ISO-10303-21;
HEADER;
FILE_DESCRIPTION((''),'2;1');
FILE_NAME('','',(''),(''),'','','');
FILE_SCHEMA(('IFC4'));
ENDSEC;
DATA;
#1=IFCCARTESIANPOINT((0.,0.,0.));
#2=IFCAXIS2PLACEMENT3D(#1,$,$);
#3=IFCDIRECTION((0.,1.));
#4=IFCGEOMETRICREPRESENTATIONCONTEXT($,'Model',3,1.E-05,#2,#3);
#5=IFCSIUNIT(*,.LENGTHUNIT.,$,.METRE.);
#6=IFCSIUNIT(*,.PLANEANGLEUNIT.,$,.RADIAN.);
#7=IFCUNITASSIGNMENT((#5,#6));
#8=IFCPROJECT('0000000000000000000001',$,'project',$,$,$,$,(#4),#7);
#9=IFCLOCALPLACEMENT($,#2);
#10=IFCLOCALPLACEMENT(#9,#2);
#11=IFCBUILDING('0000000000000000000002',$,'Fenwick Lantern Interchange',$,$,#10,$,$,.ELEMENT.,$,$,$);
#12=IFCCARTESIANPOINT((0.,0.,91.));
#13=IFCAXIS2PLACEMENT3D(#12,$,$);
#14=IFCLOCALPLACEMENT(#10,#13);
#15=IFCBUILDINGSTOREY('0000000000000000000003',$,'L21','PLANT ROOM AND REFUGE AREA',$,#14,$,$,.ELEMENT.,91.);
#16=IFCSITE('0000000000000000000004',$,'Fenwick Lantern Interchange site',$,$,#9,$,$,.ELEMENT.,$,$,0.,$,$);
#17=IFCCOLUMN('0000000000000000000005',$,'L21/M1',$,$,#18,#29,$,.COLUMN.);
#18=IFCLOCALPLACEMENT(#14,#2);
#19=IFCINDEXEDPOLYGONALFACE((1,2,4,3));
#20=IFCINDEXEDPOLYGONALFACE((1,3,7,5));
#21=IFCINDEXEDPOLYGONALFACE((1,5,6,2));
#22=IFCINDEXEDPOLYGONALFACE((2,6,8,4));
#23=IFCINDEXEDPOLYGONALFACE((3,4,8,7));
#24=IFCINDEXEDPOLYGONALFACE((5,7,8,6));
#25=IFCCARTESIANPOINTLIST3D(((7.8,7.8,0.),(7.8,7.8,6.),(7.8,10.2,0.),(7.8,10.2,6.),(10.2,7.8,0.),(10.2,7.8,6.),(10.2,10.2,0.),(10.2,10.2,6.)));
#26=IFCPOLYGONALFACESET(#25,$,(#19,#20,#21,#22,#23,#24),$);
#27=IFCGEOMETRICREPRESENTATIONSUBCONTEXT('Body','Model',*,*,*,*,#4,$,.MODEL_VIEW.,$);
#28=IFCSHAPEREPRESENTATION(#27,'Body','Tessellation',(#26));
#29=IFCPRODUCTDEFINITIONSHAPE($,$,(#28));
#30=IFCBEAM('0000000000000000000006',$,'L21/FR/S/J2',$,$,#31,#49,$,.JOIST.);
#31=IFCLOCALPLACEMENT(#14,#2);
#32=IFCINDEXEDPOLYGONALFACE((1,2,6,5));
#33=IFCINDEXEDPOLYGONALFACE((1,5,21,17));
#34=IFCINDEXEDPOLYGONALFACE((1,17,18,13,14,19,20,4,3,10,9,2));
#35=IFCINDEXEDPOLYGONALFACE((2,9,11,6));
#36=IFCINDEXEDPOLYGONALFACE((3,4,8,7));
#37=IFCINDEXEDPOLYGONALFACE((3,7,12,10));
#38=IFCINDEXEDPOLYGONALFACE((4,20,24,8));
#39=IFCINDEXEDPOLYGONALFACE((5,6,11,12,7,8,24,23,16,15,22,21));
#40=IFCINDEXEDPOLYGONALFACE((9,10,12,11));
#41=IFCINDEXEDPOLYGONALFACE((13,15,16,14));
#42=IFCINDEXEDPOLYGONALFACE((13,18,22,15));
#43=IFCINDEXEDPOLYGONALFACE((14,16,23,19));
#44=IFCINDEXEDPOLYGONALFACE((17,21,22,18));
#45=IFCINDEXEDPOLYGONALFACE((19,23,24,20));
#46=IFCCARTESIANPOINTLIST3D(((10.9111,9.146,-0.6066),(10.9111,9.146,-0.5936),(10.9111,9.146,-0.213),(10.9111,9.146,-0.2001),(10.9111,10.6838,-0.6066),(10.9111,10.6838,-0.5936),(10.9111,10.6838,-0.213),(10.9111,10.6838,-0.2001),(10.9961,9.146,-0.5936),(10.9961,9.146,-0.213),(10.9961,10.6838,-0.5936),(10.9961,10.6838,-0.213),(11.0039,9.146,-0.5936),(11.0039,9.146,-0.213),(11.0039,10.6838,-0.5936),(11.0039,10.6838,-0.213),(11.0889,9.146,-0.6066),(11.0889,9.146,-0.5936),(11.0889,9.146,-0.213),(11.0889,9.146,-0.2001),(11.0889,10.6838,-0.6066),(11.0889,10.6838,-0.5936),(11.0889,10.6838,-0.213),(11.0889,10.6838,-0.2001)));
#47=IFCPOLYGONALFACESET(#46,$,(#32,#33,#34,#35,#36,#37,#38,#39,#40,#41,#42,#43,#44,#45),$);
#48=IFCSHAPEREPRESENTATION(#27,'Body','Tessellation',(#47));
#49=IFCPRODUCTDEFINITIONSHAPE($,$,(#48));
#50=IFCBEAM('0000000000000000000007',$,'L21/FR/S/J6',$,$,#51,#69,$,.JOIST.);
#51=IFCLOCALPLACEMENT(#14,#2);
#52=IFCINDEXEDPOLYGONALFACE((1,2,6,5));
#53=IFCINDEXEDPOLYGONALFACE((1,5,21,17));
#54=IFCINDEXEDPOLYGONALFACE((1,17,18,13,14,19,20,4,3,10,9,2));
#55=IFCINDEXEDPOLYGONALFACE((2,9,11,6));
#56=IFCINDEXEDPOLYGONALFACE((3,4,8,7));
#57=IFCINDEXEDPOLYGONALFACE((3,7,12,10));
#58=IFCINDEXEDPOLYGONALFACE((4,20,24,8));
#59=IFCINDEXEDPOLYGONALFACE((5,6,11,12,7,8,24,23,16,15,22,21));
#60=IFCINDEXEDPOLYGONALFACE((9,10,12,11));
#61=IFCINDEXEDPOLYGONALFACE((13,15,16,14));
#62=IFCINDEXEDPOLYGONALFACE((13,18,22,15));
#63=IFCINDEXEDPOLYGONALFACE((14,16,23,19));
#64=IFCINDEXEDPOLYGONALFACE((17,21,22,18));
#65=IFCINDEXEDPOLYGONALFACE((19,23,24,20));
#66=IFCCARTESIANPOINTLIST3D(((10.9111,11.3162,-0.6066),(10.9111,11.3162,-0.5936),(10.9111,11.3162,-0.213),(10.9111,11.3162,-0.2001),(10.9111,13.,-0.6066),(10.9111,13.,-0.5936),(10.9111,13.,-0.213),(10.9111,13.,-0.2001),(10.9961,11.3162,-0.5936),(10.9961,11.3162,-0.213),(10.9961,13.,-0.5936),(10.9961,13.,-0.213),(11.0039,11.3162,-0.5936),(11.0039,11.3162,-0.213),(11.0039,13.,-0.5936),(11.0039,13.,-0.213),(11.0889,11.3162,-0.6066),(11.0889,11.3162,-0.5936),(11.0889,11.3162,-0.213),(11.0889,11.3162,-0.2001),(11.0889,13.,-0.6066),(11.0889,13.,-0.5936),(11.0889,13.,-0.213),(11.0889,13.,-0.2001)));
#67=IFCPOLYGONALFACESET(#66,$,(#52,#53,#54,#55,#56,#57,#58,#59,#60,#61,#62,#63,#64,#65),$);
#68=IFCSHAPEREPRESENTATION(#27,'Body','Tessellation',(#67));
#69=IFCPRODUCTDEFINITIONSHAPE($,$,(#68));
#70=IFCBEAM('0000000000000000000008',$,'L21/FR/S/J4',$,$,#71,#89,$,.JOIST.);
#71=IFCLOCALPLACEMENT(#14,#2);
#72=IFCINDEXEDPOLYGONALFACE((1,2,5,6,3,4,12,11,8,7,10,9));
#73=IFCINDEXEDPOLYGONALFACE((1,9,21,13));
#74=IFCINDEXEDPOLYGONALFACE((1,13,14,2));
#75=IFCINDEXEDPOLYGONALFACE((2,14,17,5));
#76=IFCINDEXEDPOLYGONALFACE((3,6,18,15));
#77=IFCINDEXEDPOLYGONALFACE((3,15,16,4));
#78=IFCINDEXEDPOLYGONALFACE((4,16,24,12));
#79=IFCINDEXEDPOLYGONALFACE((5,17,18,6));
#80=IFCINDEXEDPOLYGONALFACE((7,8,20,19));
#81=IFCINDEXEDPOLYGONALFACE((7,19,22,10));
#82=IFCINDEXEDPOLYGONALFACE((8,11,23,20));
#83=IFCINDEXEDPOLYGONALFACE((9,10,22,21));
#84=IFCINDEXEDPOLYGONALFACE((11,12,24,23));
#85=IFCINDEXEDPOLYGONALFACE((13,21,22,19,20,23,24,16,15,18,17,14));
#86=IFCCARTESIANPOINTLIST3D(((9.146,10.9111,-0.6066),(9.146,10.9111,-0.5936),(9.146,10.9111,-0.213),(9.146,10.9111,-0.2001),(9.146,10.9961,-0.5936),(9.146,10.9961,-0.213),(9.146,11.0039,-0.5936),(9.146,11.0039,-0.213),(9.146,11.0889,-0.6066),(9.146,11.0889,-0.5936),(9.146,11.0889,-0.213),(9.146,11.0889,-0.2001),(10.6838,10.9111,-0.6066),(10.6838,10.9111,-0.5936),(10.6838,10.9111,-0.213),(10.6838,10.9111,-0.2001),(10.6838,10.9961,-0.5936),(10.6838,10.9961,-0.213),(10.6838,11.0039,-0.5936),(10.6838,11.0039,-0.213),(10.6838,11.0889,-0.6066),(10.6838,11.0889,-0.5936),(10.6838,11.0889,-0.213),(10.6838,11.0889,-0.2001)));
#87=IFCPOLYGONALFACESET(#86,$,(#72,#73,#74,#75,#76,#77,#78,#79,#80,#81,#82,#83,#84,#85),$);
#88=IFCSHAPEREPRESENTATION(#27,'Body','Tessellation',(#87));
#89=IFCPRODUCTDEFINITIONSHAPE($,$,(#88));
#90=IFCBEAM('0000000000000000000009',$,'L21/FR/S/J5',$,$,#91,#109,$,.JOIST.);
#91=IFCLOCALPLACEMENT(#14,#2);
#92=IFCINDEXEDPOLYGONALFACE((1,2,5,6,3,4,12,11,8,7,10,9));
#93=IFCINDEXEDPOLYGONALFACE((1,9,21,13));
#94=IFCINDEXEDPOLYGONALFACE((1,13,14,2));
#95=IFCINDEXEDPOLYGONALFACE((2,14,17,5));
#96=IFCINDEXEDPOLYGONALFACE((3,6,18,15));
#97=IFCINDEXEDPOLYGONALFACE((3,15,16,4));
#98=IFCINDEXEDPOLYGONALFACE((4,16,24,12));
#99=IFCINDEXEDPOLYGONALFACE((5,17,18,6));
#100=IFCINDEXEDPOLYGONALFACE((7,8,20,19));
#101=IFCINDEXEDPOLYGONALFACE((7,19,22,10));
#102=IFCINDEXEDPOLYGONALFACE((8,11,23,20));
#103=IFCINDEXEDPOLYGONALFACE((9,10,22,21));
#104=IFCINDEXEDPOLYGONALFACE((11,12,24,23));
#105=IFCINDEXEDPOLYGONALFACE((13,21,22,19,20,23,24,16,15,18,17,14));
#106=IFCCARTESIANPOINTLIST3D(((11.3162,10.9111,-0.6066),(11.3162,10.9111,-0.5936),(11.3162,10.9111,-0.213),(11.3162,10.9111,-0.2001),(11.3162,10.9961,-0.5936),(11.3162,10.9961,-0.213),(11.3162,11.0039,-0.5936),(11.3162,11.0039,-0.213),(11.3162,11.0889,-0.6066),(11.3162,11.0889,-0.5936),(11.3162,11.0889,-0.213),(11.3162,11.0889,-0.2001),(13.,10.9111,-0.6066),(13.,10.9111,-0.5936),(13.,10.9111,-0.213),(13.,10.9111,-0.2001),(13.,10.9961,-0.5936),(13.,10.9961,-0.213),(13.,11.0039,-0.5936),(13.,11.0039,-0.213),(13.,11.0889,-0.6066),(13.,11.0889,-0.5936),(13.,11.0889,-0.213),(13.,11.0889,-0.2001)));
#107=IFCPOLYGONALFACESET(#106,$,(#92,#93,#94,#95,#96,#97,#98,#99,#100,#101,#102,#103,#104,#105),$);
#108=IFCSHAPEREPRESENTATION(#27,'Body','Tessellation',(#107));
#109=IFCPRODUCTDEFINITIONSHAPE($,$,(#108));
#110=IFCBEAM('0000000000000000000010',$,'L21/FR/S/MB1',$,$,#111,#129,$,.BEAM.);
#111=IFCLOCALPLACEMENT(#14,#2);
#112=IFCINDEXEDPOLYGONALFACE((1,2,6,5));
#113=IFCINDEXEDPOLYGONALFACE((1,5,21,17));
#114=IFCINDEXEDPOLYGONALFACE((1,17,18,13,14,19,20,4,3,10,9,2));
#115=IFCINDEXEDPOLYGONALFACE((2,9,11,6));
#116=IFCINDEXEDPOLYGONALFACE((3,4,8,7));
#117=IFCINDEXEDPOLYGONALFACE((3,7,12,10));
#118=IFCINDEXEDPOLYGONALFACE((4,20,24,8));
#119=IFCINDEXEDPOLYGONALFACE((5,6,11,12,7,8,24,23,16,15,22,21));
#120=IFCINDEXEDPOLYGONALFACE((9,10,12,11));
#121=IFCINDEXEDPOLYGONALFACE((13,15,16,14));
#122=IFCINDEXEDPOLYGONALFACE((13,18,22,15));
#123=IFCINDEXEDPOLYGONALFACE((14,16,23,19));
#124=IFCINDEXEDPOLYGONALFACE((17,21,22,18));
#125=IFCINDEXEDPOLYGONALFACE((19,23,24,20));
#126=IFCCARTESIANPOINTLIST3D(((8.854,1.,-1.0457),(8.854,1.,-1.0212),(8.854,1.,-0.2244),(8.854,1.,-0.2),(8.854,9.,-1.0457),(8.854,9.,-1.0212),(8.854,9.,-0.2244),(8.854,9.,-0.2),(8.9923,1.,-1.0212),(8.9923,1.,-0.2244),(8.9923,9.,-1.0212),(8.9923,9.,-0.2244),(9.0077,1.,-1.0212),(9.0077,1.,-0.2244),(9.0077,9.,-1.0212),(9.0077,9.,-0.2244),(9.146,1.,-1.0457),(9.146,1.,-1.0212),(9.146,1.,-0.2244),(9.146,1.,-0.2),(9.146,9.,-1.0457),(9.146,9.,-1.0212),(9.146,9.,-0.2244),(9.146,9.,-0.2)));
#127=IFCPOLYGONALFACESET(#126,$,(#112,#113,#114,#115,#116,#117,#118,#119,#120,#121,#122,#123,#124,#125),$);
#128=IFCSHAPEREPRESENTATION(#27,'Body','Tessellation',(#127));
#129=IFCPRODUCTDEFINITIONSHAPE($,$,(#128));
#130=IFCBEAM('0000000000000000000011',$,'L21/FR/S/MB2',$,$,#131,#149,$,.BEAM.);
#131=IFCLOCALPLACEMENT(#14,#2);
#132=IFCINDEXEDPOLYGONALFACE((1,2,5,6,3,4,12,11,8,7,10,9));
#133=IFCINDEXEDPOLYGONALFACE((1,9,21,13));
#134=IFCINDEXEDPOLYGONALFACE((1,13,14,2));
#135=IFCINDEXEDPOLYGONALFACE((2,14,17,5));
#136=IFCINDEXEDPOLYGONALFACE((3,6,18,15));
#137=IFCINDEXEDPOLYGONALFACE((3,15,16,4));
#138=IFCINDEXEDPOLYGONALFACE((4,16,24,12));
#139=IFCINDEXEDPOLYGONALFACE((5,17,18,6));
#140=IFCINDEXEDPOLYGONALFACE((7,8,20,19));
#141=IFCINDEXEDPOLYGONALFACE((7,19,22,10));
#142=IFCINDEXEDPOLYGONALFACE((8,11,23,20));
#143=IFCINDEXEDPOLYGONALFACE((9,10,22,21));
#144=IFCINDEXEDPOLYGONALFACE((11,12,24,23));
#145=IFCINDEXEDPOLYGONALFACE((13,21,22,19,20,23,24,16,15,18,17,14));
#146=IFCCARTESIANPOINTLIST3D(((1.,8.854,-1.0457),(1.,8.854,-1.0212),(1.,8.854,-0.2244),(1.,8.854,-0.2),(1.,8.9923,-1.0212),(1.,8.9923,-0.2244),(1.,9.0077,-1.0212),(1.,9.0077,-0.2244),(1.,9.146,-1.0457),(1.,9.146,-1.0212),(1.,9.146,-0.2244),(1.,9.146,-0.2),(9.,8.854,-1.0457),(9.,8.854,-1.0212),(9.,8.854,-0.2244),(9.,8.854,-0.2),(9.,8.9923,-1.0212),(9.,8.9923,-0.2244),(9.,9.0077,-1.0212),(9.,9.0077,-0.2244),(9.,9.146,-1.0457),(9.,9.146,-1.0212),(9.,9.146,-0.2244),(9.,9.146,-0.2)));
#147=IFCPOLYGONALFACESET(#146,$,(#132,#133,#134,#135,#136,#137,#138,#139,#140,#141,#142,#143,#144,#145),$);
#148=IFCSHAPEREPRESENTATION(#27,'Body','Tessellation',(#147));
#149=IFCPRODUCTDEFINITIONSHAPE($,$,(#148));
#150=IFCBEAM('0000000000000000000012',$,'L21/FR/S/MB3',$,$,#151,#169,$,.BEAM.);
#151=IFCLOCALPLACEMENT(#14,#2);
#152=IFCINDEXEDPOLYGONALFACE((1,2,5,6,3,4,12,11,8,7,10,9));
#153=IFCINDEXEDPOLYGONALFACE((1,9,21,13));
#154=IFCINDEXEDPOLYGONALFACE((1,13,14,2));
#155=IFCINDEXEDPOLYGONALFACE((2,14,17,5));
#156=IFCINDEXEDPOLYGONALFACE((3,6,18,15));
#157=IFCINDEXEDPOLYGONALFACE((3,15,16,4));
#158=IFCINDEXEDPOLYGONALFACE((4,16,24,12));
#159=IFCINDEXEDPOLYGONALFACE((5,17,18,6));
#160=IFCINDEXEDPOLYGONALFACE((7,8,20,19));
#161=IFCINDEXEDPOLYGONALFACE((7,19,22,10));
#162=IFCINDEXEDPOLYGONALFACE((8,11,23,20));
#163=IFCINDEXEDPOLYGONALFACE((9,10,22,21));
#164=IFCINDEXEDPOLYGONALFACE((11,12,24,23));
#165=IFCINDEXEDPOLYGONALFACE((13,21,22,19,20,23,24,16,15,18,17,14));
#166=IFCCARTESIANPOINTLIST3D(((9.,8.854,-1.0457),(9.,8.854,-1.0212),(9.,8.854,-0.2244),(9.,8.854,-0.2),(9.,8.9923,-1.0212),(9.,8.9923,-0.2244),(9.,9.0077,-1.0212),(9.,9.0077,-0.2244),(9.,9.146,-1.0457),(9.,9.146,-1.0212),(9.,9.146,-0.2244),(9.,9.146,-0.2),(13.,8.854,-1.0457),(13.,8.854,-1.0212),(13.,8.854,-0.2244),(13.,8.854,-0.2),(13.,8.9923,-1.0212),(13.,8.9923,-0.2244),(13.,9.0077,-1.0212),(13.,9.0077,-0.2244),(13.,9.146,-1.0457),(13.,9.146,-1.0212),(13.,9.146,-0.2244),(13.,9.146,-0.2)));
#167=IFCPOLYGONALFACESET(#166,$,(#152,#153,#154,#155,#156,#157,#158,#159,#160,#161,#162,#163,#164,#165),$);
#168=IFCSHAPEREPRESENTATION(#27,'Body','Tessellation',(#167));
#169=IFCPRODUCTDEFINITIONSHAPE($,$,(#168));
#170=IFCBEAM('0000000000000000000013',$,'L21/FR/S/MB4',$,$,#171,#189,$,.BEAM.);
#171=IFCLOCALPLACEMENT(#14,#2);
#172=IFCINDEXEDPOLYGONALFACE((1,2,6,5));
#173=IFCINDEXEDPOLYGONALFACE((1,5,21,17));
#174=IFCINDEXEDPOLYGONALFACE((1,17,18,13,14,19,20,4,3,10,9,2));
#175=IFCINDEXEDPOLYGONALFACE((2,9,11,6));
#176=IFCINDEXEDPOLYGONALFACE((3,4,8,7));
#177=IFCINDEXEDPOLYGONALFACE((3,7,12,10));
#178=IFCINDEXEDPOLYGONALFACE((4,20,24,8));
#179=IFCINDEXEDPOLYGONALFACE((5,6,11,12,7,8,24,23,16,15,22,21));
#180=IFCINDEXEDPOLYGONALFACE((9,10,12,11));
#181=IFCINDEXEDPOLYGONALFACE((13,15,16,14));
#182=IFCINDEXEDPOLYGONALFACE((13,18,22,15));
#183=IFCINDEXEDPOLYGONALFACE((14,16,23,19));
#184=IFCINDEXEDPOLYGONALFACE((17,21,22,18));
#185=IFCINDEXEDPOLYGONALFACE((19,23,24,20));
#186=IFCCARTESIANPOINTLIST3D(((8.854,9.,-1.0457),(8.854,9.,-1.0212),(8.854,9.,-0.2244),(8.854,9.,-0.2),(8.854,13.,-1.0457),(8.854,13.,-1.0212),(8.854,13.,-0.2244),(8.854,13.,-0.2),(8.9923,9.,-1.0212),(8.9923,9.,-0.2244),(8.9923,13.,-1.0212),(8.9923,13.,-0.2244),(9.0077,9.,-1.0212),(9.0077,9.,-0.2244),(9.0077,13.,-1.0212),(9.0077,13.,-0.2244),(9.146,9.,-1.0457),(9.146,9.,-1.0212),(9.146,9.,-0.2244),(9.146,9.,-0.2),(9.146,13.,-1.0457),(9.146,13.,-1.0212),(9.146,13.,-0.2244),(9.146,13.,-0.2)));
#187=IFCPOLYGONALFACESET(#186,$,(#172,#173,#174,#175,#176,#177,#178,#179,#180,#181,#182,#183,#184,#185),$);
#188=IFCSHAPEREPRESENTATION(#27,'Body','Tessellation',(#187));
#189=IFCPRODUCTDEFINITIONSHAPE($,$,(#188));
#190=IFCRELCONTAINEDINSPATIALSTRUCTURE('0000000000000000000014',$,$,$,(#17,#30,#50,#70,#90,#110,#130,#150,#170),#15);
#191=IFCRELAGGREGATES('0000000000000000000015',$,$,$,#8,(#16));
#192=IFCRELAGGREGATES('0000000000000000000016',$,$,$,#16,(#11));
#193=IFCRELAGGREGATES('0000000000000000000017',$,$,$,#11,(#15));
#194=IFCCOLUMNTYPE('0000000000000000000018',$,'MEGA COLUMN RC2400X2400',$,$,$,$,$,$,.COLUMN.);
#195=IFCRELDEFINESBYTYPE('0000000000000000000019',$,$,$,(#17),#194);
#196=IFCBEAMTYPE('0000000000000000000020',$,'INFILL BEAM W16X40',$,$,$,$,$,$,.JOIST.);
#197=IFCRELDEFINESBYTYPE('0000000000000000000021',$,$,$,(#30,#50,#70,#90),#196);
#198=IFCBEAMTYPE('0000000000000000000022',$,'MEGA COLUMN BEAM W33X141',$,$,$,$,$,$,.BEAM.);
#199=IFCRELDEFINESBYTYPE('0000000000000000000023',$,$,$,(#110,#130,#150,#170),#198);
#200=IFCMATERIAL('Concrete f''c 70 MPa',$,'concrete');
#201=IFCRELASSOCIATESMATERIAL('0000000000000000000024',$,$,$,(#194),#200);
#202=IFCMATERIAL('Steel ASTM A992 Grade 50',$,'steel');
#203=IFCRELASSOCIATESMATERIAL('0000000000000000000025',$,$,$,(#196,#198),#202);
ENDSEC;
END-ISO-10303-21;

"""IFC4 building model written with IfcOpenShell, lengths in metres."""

from ifc_helpers import new_model, si_unit, direction, frame, origin, origin_2d, place, context, subcontext, project, spatial, rectangle, i_section, extrude, material, material_profile, profile_set, type_object, element, save


model = new_model("IFC4")

# Units and contexts
model_context = context("Model", 3, precision=1e-05, world=origin(), true_north=direction((0.0, 1.0)))
body_context = subcontext(model_context, "Body", "Model", "MODEL_VIEW")
ifc_project = project(units=[si_unit("LENGTHUNIT", "METRE"), si_unit("PLANEANGLEUNIT", "RADIAN")], contexts=[model_context])

# Site, building, storey
site_placement = place(None, origin())
site = spatial("IfcSite", under=ifc_project, at=site_placement, Name="Fenwick Lantern Interchange site", CompositionType="ELEMENT", RefElevation=0.0)
building_placement = place(site_placement, origin())
building = spatial("IfcBuilding", under=site, at=building_placement, Name="Fenwick Lantern Interchange", CompositionType="ELEMENT")
storey_placement = place(building_placement, frame((0.0, 0.0, 91.0)))
storey = spatial("IfcBuildingStorey", under=building, at=storey_placement, Name="L21", Description="PLANT ROOM AND REFUGE AREA", CompositionType="ELEMENT", Elevation=91.0)

# Column
ifc_material_1 = material(Name="Concrete f'c 70 MPa", Category="concrete")
ifc_material_profile_1 = material_profile(ifc_material_1, rectangle(XDim=2.3999, YDim=2.3999, at=origin_2d()), Name="RC2400X2400")
ifc_profile_set_1 = profile_set([ifc_material_profile_1], Name="Concrete f'c 70 MPa")
column_type = type_object("IfcColumnType", Name="MEGA COLUMN RC2400X2400", PredefinedType="COLUMN", material=ifc_profile_set_1)
column_placement = place(storey_placement, frame((9.0, 9.0, 0.0), z_axis=(0.0, 0.0, 1.0), x_axis=(1.0, 0.0, 0.0)))
element("IfcColumn", 1, at=column_placement, inside=storey, type_object=column_type, Name="L21/M1", PredefinedType="COLUMN", context=body_context, shape_type="SweptSolid", body=[
    extrude(rectangle(XDim=2.3999, YDim=2.3999, at=origin_2d()), origin(), (0.0, 0.0, 1.0), 6.0),
])

# Beams
ifc_material_2 = material(Name="Steel ASTM A992 Grade 50", Category="steel")
ifc_material_profile_2 = material_profile(ifc_material_2, i_section(OverallWidth=0.1777, OverallDepth=0.4065, WebThickness=0.0078, FlangeThickness=0.0129, at=origin_2d()), Name="W16X40")
ifc_profile_set_2 = profile_set([ifc_material_profile_2], Name="Steel ASTM A992 Grade 50")
beam_type_1 = type_object("IfcBeamType", Name="INFILL BEAM W16X40", PredefinedType="JOIST", material=ifc_profile_set_2)
beam_1_placement = place(storey_placement, frame((11.0, 9.146, -0.4033), z_axis=(0.0, 1.0, 0.0), x_axis=(-1.0, 0.0, 0.0)))
element("IfcBeam", 2, at=beam_1_placement, inside=storey, type_object=beam_type_1, Name="L21/FR/S/J2", PredefinedType="JOIST", context=body_context, shape_type="SweptSolid", body=[
    extrude(i_section(OverallWidth=0.1777, OverallDepth=0.4065, WebThickness=0.0078, FlangeThickness=0.0129, at=origin_2d()), origin(), (0.0, 0.0, 1.0), 1.5378),
])
beam_2_placement = place(storey_placement, frame((11.0, 11.3162, -0.4033), z_axis=(0.0, 1.0, 0.0), x_axis=(-1.0, 0.0, 0.0)))
element("IfcBeam", 3, at=beam_2_placement, inside=storey, type_object=beam_type_1, Name="L21/FR/S/J6", PredefinedType="JOIST", context=body_context, shape_type="SweptSolid", body=[
    extrude(i_section(OverallWidth=0.1777, OverallDepth=0.4065, WebThickness=0.0078, FlangeThickness=0.0129, at=origin_2d()), origin(), (0.0, 0.0, 1.0), 1.6838),
])
beam_3_placement = place(storey_placement, frame((9.146, 11.0, -0.4033), z_axis=(1.0, 0.0, 0.0), x_axis=(0.0, 1.0, 0.0)))
element("IfcBeam", 4, at=beam_3_placement, inside=storey, type_object=beam_type_1, Name="L21/FR/S/J4", PredefinedType="JOIST", context=body_context, shape_type="SweptSolid", body=[
    extrude(i_section(OverallWidth=0.1777, OverallDepth=0.4065, WebThickness=0.0078, FlangeThickness=0.0129, at=origin_2d()), origin(), (0.0, 0.0, 1.0), 1.5378),
])
beam_4_placement = place(storey_placement, frame((11.3162, 11.0, -0.4033), z_axis=(1.0, 0.0, 0.0), x_axis=(0.0, 1.0, 0.0)))
element("IfcBeam", 5, at=beam_4_placement, inside=storey, type_object=beam_type_1, Name="L21/FR/S/J5", PredefinedType="JOIST", context=body_context, shape_type="SweptSolid", body=[
    extrude(i_section(OverallWidth=0.1777, OverallDepth=0.4065, WebThickness=0.0078, FlangeThickness=0.0129, at=origin_2d()), origin(), (0.0, 0.0, 1.0), 1.6838),
])
ifc_material_profile_3 = material_profile(ifc_material_2, i_section(OverallWidth=0.292, OverallDepth=0.8457, WebThickness=0.0154, FlangeThickness=0.0244, at=origin_2d()), Name="W33X141")
ifc_profile_set_3 = profile_set([ifc_material_profile_3], Name="Steel ASTM A992 Grade 50")
beam_type_2 = type_object("IfcBeamType", Name="MEGA COLUMN BEAM W33X141", PredefinedType="BEAM", material=ifc_profile_set_3)
for number, where, z_axis, x_axis, name in (
    (6, (9.0, 9.0, -0.6228), (0.0, -1.0, 0.0), (1.0, 0.0, 0.0), "L21/FR/S/MB1"),
    (7, (9.0, 9.0, -0.6228), (-1.0, 0.0, 0.0), (0.0, -1.0, 0.0), "L21/FR/S/MB2"),
):
    element("IfcBeam", number, at=place(storey_placement, frame(where, z_axis=z_axis, x_axis=x_axis)), inside=storey, type_object=beam_type_2, Name=name, PredefinedType="BEAM", context=body_context, shape_type="SweptSolid", body=[
        extrude(i_section(OverallWidth=0.292, OverallDepth=0.8457, WebThickness=0.0154, FlangeThickness=0.0244, at=origin_2d()), origin(), (0.0, 0.0, 1.0), 8.0),
    ])
for number, where, z_axis, x_axis, name in (
    (8, (9.0, 9.0, -0.6228), (1.0, 0.0, 0.0), (0.0, 1.0, 0.0), "L21/FR/S/MB3"),
    (9, (9.0, 9.0, -0.6228), (0.0, 1.0, 0.0), (-1.0, 0.0, 0.0), "L21/FR/S/MB4"),
):
    element("IfcBeam", number, at=place(storey_placement, frame(where, z_axis=z_axis, x_axis=x_axis)), inside=storey, type_object=beam_type_2, Name=name, PredefinedType="BEAM", context=body_context, shape_type="SweptSolid", body=[
        extrude(i_section(OverallWidth=0.292, OverallDepth=0.8457, WebThickness=0.0154, FlangeThickness=0.0244, at=origin_2d()), origin(), (0.0, 0.0, 1.0), 4.0),
    ])

save(model, "model.ifc")
